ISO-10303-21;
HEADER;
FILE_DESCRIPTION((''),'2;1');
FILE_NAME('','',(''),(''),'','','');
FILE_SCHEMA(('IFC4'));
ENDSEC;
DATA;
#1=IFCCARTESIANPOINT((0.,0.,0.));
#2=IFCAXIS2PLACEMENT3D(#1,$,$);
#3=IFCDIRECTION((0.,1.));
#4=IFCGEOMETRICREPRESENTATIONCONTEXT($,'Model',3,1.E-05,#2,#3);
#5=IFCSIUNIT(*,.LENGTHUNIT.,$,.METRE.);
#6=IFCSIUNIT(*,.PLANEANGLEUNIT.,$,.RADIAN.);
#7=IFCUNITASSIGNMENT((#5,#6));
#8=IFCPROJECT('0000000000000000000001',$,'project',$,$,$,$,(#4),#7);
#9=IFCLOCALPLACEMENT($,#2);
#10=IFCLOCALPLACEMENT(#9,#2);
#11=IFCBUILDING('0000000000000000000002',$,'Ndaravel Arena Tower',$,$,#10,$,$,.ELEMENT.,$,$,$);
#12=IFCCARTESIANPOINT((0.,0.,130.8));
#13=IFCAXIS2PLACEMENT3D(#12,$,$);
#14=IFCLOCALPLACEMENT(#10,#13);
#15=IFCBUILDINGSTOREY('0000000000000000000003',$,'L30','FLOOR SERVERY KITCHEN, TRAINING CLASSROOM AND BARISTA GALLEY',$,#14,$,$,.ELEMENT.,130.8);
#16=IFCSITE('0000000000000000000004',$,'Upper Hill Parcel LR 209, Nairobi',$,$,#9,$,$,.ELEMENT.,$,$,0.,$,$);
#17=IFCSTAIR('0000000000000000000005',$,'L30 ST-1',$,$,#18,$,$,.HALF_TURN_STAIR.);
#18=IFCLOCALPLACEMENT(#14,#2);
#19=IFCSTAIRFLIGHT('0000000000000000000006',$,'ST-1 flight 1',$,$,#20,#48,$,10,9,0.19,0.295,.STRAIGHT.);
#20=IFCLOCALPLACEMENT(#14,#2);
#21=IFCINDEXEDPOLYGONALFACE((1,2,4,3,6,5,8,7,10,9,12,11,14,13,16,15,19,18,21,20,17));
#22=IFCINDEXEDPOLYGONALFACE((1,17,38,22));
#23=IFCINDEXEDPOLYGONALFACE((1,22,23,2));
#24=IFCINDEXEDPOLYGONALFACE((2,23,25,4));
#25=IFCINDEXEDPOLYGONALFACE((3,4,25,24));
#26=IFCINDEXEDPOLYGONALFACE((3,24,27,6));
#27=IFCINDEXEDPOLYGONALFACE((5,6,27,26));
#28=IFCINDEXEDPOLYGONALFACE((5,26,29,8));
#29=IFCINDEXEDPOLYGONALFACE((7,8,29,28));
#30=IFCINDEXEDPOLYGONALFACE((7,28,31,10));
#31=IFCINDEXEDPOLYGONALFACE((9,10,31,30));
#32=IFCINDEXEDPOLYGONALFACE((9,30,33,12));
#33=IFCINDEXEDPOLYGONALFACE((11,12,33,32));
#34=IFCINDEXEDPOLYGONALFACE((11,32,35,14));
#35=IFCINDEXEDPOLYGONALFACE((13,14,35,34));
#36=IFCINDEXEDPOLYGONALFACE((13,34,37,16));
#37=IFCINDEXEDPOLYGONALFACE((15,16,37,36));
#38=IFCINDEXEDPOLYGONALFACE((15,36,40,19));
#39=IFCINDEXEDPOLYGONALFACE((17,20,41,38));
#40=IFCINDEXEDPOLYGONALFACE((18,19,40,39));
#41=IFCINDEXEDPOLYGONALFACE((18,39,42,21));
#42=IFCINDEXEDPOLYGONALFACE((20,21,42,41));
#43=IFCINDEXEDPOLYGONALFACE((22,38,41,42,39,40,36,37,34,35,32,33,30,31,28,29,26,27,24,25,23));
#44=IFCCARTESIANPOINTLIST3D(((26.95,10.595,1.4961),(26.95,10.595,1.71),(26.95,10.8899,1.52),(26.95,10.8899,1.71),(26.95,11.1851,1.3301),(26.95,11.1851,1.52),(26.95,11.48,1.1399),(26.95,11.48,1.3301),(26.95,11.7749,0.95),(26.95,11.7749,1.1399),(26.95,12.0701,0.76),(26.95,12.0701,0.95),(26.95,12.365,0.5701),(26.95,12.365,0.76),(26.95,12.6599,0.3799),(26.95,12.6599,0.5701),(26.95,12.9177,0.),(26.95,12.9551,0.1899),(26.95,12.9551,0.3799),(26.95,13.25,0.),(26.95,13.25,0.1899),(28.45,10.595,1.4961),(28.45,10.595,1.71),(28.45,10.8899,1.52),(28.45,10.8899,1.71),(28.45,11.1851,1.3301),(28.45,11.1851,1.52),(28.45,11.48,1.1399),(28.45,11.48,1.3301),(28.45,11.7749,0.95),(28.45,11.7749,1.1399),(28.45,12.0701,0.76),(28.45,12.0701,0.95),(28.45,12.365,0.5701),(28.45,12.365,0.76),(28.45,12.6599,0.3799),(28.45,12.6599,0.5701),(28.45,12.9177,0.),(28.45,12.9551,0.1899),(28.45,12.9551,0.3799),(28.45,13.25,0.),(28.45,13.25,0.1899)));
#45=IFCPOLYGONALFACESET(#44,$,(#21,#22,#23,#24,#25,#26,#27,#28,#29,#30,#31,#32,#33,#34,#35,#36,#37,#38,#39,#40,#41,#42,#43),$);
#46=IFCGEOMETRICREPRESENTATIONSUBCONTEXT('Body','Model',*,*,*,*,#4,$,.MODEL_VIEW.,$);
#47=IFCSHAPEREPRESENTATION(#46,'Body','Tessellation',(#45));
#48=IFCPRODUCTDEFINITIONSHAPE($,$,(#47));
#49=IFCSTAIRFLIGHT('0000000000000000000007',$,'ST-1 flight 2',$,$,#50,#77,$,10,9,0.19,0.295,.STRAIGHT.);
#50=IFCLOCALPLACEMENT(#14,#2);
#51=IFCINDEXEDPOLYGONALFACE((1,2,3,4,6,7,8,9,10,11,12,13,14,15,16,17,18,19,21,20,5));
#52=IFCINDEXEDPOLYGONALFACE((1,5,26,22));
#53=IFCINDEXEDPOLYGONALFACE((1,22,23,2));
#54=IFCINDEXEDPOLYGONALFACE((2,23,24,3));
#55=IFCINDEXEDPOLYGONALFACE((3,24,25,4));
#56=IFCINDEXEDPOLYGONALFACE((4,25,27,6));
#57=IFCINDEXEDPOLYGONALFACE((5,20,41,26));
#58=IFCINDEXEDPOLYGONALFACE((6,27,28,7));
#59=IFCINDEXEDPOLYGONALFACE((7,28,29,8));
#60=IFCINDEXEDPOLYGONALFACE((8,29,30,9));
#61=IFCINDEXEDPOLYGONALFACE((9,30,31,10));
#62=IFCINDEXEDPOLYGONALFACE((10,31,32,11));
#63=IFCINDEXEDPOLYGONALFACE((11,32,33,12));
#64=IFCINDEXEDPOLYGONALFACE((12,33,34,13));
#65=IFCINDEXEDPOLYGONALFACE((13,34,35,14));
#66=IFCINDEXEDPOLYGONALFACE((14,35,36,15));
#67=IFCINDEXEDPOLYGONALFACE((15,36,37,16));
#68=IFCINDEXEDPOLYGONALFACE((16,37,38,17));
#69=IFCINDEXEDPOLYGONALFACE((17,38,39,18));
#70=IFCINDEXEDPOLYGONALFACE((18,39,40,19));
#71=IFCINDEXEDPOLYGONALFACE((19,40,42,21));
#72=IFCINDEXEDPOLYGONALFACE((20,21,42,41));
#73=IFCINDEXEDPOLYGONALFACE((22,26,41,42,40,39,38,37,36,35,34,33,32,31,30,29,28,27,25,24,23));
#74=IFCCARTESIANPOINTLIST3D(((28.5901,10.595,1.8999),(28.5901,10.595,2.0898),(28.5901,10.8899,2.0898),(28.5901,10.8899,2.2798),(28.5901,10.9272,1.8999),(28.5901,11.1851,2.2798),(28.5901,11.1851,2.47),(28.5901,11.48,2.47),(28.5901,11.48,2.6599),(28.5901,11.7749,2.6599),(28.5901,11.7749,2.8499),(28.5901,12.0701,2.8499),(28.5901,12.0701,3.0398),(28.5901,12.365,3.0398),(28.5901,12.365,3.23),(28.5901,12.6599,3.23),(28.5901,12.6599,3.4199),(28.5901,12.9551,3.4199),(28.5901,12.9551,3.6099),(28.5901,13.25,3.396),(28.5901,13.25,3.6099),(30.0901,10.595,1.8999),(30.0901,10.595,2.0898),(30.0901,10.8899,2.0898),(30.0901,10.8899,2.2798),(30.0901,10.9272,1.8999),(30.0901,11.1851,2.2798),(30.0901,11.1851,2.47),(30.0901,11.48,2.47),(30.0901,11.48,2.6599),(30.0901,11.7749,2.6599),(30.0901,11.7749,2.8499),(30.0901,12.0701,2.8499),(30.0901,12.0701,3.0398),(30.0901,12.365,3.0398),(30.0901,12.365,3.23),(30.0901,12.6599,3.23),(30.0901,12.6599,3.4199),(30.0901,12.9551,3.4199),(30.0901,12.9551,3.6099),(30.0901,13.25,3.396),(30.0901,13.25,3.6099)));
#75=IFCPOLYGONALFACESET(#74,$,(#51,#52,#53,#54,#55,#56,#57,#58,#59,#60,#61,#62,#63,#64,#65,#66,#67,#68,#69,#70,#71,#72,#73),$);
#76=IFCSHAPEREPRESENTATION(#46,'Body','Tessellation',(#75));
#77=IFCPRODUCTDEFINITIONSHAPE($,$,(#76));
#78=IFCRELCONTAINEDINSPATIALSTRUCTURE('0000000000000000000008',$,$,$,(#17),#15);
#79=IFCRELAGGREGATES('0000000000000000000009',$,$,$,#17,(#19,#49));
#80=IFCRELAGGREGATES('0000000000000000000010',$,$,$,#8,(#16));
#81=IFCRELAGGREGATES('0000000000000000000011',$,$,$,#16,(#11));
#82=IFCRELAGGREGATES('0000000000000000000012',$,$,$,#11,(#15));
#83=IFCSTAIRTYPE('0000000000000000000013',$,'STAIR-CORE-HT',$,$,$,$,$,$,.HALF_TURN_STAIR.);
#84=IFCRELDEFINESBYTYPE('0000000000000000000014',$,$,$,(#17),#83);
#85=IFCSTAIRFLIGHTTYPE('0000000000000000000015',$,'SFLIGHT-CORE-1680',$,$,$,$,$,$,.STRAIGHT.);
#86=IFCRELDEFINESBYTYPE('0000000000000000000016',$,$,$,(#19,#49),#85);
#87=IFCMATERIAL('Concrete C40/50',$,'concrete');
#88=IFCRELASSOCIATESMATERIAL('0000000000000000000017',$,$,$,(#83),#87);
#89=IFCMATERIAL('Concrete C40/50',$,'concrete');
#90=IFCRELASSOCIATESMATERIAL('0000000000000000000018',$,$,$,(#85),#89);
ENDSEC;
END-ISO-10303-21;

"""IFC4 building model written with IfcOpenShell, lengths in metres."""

from ifc_helpers import new_model, si_unit, direction, frame, origin, place, context, subcontext, project, spatial, polyline, outline, extrude, material, type_object, element, aggregate, save


model = new_model("IFC4")

# Units and contexts
model_context = context("Model", 3, precision=1e-05, world=origin(), true_north=direction((0.0, 1.0)))
body_context = subcontext(model_context, "Body", "Model", "MODEL_VIEW")
ifc_project = project(units=[si_unit("LENGTHUNIT", "METRE"), si_unit("PLANEANGLEUNIT", "RADIAN")], contexts=[model_context])

# Site, building, storey
site_placement = place(None, origin())
site = spatial("IfcSite", under=ifc_project, at=site_placement, Name="Upper Hill Parcel LR 209, Nairobi", CompositionType="ELEMENT", RefElevation=0.0)
building_placement = place(site_placement, origin())
building = spatial("IfcBuilding", under=site, at=building_placement, Name="Ndaravel Arena Tower", CompositionType="ELEMENT")
storey_placement = place(building_placement, frame((0.0, 0.0, 130.8)))
storey = spatial("IfcBuildingStorey", under=building, at=storey_placement, Name="L30", Description="FLOOR SERVERY KITCHEN, TRAINING CLASSROOM AND BARISTA GALLEY", CompositionType="ELEMENT", Elevation=130.8)

# Stair, stair flights
ifc_material_1 = material(Name="Concrete C40/50", Category="concrete")
stair_type = type_object("IfcStairType", Name="STAIR-CORE-HT", PredefinedType="HALF_TURN_STAIR", material=ifc_material_1)
stair_placement = place(storey_placement, origin())
stair = element("IfcStair", 1, at=stair_placement, inside=storey, type_object=stair_type, Name="L30 ST-1", PredefinedType="HALF_TURN_STAIR")
ifc_material_2 = material(Name="Concrete C40/50", Category="concrete")
stair_flight_type = type_object("IfcStairFlightType", Name="SFLIGHT-CORE-1680", PredefinedType="STRAIGHT", material=ifc_material_2)
stair_flight_1_placement = place(storey_placement, frame((27.7, 13.25, 0.0), z_axis=(0.0, 0.0, 1.0), x_axis=(0.0, -1.0, 0.0)))
stair_flight_1 = element("IfcStairFlight", 2, at=stair_flight_1_placement, type_object=stair_flight_type, Name="ST-1 flight 1", NumberOfRisers=10, NumberOfTreads=9, PredefinedType="STRAIGHT", RiserHeight=0.19, TreadLength=0.295, context=body_context, shape_type="SweptSolid", body=[
    extrude(outline(polyline([(0.0, 0.0), (0.0, 0.1899), (0.2949, 0.1899), (0.2949, 0.3799), (0.5901, 0.3799), (0.5901, 0.5701), (0.885, 0.5701), (0.885, 0.76), (1.1799, 0.76), (1.1799, 0.95), (1.4751, 0.95), (1.4751, 1.1399), (1.77, 1.1399), (1.77, 1.3301), (2.0649, 1.3301), (2.0649, 1.52), (2.3601, 1.52), (2.3601, 1.71), (2.655, 1.71), (2.655, 1.8999), (2.655, 1.4961), (0.3323, 0.0), (0.0, 0.0)])), frame((0.0, 0.75, 0.0), z_axis=(0.0, -1.0, 0.0), x_axis=(1.0, 0.0, 0.0)), (0.0, 0.0, 1.0), 1.5),
])
stair_flight_2_placement = place(storey_placement, frame((29.3401, 10.595, 1.8999), z_axis=(0.0, 0.0, 1.0), x_axis=(0.0, 1.0, 0.0)))
stair_flight_2 = element("IfcStairFlight", 3, at=stair_flight_2_placement, type_object=stair_flight_type, Name="ST-1 flight 2", NumberOfRisers=10, NumberOfTreads=9, PredefinedType="STRAIGHT", RiserHeight=0.19, TreadLength=0.295, context=body_context, shape_type="SweptSolid", body=[
    extrude(outline(polyline([(0.0, 0.0), (0.0, 0.1899), (0.2949, 0.1899), (0.2949, 0.3799), (0.5901, 0.3799), (0.5901, 0.5701), (0.885, 0.5701), (0.885, 0.76), (1.1799, 0.76), (1.1799, 0.95), (1.4751, 0.95), (1.4751, 1.1399), (1.77, 1.1399), (1.77, 1.3301), (2.0649, 1.3301), (2.0649, 1.52), (2.3601, 1.52), (2.3601, 1.71), (2.655, 1.71), (2.655, 1.8999), (2.655, 1.4961), (0.3323, 0.0), (0.0, 0.0)])), frame((0.0, 0.75, 0.0), z_axis=(0.0, -1.0, 0.0), x_axis=(1.0, 0.0, 0.0)), (0.0, 0.0, 1.0), 1.5),
])
aggregate(stair, [stair_flight_1, stair_flight_2])

save(model, "model.ifc")
